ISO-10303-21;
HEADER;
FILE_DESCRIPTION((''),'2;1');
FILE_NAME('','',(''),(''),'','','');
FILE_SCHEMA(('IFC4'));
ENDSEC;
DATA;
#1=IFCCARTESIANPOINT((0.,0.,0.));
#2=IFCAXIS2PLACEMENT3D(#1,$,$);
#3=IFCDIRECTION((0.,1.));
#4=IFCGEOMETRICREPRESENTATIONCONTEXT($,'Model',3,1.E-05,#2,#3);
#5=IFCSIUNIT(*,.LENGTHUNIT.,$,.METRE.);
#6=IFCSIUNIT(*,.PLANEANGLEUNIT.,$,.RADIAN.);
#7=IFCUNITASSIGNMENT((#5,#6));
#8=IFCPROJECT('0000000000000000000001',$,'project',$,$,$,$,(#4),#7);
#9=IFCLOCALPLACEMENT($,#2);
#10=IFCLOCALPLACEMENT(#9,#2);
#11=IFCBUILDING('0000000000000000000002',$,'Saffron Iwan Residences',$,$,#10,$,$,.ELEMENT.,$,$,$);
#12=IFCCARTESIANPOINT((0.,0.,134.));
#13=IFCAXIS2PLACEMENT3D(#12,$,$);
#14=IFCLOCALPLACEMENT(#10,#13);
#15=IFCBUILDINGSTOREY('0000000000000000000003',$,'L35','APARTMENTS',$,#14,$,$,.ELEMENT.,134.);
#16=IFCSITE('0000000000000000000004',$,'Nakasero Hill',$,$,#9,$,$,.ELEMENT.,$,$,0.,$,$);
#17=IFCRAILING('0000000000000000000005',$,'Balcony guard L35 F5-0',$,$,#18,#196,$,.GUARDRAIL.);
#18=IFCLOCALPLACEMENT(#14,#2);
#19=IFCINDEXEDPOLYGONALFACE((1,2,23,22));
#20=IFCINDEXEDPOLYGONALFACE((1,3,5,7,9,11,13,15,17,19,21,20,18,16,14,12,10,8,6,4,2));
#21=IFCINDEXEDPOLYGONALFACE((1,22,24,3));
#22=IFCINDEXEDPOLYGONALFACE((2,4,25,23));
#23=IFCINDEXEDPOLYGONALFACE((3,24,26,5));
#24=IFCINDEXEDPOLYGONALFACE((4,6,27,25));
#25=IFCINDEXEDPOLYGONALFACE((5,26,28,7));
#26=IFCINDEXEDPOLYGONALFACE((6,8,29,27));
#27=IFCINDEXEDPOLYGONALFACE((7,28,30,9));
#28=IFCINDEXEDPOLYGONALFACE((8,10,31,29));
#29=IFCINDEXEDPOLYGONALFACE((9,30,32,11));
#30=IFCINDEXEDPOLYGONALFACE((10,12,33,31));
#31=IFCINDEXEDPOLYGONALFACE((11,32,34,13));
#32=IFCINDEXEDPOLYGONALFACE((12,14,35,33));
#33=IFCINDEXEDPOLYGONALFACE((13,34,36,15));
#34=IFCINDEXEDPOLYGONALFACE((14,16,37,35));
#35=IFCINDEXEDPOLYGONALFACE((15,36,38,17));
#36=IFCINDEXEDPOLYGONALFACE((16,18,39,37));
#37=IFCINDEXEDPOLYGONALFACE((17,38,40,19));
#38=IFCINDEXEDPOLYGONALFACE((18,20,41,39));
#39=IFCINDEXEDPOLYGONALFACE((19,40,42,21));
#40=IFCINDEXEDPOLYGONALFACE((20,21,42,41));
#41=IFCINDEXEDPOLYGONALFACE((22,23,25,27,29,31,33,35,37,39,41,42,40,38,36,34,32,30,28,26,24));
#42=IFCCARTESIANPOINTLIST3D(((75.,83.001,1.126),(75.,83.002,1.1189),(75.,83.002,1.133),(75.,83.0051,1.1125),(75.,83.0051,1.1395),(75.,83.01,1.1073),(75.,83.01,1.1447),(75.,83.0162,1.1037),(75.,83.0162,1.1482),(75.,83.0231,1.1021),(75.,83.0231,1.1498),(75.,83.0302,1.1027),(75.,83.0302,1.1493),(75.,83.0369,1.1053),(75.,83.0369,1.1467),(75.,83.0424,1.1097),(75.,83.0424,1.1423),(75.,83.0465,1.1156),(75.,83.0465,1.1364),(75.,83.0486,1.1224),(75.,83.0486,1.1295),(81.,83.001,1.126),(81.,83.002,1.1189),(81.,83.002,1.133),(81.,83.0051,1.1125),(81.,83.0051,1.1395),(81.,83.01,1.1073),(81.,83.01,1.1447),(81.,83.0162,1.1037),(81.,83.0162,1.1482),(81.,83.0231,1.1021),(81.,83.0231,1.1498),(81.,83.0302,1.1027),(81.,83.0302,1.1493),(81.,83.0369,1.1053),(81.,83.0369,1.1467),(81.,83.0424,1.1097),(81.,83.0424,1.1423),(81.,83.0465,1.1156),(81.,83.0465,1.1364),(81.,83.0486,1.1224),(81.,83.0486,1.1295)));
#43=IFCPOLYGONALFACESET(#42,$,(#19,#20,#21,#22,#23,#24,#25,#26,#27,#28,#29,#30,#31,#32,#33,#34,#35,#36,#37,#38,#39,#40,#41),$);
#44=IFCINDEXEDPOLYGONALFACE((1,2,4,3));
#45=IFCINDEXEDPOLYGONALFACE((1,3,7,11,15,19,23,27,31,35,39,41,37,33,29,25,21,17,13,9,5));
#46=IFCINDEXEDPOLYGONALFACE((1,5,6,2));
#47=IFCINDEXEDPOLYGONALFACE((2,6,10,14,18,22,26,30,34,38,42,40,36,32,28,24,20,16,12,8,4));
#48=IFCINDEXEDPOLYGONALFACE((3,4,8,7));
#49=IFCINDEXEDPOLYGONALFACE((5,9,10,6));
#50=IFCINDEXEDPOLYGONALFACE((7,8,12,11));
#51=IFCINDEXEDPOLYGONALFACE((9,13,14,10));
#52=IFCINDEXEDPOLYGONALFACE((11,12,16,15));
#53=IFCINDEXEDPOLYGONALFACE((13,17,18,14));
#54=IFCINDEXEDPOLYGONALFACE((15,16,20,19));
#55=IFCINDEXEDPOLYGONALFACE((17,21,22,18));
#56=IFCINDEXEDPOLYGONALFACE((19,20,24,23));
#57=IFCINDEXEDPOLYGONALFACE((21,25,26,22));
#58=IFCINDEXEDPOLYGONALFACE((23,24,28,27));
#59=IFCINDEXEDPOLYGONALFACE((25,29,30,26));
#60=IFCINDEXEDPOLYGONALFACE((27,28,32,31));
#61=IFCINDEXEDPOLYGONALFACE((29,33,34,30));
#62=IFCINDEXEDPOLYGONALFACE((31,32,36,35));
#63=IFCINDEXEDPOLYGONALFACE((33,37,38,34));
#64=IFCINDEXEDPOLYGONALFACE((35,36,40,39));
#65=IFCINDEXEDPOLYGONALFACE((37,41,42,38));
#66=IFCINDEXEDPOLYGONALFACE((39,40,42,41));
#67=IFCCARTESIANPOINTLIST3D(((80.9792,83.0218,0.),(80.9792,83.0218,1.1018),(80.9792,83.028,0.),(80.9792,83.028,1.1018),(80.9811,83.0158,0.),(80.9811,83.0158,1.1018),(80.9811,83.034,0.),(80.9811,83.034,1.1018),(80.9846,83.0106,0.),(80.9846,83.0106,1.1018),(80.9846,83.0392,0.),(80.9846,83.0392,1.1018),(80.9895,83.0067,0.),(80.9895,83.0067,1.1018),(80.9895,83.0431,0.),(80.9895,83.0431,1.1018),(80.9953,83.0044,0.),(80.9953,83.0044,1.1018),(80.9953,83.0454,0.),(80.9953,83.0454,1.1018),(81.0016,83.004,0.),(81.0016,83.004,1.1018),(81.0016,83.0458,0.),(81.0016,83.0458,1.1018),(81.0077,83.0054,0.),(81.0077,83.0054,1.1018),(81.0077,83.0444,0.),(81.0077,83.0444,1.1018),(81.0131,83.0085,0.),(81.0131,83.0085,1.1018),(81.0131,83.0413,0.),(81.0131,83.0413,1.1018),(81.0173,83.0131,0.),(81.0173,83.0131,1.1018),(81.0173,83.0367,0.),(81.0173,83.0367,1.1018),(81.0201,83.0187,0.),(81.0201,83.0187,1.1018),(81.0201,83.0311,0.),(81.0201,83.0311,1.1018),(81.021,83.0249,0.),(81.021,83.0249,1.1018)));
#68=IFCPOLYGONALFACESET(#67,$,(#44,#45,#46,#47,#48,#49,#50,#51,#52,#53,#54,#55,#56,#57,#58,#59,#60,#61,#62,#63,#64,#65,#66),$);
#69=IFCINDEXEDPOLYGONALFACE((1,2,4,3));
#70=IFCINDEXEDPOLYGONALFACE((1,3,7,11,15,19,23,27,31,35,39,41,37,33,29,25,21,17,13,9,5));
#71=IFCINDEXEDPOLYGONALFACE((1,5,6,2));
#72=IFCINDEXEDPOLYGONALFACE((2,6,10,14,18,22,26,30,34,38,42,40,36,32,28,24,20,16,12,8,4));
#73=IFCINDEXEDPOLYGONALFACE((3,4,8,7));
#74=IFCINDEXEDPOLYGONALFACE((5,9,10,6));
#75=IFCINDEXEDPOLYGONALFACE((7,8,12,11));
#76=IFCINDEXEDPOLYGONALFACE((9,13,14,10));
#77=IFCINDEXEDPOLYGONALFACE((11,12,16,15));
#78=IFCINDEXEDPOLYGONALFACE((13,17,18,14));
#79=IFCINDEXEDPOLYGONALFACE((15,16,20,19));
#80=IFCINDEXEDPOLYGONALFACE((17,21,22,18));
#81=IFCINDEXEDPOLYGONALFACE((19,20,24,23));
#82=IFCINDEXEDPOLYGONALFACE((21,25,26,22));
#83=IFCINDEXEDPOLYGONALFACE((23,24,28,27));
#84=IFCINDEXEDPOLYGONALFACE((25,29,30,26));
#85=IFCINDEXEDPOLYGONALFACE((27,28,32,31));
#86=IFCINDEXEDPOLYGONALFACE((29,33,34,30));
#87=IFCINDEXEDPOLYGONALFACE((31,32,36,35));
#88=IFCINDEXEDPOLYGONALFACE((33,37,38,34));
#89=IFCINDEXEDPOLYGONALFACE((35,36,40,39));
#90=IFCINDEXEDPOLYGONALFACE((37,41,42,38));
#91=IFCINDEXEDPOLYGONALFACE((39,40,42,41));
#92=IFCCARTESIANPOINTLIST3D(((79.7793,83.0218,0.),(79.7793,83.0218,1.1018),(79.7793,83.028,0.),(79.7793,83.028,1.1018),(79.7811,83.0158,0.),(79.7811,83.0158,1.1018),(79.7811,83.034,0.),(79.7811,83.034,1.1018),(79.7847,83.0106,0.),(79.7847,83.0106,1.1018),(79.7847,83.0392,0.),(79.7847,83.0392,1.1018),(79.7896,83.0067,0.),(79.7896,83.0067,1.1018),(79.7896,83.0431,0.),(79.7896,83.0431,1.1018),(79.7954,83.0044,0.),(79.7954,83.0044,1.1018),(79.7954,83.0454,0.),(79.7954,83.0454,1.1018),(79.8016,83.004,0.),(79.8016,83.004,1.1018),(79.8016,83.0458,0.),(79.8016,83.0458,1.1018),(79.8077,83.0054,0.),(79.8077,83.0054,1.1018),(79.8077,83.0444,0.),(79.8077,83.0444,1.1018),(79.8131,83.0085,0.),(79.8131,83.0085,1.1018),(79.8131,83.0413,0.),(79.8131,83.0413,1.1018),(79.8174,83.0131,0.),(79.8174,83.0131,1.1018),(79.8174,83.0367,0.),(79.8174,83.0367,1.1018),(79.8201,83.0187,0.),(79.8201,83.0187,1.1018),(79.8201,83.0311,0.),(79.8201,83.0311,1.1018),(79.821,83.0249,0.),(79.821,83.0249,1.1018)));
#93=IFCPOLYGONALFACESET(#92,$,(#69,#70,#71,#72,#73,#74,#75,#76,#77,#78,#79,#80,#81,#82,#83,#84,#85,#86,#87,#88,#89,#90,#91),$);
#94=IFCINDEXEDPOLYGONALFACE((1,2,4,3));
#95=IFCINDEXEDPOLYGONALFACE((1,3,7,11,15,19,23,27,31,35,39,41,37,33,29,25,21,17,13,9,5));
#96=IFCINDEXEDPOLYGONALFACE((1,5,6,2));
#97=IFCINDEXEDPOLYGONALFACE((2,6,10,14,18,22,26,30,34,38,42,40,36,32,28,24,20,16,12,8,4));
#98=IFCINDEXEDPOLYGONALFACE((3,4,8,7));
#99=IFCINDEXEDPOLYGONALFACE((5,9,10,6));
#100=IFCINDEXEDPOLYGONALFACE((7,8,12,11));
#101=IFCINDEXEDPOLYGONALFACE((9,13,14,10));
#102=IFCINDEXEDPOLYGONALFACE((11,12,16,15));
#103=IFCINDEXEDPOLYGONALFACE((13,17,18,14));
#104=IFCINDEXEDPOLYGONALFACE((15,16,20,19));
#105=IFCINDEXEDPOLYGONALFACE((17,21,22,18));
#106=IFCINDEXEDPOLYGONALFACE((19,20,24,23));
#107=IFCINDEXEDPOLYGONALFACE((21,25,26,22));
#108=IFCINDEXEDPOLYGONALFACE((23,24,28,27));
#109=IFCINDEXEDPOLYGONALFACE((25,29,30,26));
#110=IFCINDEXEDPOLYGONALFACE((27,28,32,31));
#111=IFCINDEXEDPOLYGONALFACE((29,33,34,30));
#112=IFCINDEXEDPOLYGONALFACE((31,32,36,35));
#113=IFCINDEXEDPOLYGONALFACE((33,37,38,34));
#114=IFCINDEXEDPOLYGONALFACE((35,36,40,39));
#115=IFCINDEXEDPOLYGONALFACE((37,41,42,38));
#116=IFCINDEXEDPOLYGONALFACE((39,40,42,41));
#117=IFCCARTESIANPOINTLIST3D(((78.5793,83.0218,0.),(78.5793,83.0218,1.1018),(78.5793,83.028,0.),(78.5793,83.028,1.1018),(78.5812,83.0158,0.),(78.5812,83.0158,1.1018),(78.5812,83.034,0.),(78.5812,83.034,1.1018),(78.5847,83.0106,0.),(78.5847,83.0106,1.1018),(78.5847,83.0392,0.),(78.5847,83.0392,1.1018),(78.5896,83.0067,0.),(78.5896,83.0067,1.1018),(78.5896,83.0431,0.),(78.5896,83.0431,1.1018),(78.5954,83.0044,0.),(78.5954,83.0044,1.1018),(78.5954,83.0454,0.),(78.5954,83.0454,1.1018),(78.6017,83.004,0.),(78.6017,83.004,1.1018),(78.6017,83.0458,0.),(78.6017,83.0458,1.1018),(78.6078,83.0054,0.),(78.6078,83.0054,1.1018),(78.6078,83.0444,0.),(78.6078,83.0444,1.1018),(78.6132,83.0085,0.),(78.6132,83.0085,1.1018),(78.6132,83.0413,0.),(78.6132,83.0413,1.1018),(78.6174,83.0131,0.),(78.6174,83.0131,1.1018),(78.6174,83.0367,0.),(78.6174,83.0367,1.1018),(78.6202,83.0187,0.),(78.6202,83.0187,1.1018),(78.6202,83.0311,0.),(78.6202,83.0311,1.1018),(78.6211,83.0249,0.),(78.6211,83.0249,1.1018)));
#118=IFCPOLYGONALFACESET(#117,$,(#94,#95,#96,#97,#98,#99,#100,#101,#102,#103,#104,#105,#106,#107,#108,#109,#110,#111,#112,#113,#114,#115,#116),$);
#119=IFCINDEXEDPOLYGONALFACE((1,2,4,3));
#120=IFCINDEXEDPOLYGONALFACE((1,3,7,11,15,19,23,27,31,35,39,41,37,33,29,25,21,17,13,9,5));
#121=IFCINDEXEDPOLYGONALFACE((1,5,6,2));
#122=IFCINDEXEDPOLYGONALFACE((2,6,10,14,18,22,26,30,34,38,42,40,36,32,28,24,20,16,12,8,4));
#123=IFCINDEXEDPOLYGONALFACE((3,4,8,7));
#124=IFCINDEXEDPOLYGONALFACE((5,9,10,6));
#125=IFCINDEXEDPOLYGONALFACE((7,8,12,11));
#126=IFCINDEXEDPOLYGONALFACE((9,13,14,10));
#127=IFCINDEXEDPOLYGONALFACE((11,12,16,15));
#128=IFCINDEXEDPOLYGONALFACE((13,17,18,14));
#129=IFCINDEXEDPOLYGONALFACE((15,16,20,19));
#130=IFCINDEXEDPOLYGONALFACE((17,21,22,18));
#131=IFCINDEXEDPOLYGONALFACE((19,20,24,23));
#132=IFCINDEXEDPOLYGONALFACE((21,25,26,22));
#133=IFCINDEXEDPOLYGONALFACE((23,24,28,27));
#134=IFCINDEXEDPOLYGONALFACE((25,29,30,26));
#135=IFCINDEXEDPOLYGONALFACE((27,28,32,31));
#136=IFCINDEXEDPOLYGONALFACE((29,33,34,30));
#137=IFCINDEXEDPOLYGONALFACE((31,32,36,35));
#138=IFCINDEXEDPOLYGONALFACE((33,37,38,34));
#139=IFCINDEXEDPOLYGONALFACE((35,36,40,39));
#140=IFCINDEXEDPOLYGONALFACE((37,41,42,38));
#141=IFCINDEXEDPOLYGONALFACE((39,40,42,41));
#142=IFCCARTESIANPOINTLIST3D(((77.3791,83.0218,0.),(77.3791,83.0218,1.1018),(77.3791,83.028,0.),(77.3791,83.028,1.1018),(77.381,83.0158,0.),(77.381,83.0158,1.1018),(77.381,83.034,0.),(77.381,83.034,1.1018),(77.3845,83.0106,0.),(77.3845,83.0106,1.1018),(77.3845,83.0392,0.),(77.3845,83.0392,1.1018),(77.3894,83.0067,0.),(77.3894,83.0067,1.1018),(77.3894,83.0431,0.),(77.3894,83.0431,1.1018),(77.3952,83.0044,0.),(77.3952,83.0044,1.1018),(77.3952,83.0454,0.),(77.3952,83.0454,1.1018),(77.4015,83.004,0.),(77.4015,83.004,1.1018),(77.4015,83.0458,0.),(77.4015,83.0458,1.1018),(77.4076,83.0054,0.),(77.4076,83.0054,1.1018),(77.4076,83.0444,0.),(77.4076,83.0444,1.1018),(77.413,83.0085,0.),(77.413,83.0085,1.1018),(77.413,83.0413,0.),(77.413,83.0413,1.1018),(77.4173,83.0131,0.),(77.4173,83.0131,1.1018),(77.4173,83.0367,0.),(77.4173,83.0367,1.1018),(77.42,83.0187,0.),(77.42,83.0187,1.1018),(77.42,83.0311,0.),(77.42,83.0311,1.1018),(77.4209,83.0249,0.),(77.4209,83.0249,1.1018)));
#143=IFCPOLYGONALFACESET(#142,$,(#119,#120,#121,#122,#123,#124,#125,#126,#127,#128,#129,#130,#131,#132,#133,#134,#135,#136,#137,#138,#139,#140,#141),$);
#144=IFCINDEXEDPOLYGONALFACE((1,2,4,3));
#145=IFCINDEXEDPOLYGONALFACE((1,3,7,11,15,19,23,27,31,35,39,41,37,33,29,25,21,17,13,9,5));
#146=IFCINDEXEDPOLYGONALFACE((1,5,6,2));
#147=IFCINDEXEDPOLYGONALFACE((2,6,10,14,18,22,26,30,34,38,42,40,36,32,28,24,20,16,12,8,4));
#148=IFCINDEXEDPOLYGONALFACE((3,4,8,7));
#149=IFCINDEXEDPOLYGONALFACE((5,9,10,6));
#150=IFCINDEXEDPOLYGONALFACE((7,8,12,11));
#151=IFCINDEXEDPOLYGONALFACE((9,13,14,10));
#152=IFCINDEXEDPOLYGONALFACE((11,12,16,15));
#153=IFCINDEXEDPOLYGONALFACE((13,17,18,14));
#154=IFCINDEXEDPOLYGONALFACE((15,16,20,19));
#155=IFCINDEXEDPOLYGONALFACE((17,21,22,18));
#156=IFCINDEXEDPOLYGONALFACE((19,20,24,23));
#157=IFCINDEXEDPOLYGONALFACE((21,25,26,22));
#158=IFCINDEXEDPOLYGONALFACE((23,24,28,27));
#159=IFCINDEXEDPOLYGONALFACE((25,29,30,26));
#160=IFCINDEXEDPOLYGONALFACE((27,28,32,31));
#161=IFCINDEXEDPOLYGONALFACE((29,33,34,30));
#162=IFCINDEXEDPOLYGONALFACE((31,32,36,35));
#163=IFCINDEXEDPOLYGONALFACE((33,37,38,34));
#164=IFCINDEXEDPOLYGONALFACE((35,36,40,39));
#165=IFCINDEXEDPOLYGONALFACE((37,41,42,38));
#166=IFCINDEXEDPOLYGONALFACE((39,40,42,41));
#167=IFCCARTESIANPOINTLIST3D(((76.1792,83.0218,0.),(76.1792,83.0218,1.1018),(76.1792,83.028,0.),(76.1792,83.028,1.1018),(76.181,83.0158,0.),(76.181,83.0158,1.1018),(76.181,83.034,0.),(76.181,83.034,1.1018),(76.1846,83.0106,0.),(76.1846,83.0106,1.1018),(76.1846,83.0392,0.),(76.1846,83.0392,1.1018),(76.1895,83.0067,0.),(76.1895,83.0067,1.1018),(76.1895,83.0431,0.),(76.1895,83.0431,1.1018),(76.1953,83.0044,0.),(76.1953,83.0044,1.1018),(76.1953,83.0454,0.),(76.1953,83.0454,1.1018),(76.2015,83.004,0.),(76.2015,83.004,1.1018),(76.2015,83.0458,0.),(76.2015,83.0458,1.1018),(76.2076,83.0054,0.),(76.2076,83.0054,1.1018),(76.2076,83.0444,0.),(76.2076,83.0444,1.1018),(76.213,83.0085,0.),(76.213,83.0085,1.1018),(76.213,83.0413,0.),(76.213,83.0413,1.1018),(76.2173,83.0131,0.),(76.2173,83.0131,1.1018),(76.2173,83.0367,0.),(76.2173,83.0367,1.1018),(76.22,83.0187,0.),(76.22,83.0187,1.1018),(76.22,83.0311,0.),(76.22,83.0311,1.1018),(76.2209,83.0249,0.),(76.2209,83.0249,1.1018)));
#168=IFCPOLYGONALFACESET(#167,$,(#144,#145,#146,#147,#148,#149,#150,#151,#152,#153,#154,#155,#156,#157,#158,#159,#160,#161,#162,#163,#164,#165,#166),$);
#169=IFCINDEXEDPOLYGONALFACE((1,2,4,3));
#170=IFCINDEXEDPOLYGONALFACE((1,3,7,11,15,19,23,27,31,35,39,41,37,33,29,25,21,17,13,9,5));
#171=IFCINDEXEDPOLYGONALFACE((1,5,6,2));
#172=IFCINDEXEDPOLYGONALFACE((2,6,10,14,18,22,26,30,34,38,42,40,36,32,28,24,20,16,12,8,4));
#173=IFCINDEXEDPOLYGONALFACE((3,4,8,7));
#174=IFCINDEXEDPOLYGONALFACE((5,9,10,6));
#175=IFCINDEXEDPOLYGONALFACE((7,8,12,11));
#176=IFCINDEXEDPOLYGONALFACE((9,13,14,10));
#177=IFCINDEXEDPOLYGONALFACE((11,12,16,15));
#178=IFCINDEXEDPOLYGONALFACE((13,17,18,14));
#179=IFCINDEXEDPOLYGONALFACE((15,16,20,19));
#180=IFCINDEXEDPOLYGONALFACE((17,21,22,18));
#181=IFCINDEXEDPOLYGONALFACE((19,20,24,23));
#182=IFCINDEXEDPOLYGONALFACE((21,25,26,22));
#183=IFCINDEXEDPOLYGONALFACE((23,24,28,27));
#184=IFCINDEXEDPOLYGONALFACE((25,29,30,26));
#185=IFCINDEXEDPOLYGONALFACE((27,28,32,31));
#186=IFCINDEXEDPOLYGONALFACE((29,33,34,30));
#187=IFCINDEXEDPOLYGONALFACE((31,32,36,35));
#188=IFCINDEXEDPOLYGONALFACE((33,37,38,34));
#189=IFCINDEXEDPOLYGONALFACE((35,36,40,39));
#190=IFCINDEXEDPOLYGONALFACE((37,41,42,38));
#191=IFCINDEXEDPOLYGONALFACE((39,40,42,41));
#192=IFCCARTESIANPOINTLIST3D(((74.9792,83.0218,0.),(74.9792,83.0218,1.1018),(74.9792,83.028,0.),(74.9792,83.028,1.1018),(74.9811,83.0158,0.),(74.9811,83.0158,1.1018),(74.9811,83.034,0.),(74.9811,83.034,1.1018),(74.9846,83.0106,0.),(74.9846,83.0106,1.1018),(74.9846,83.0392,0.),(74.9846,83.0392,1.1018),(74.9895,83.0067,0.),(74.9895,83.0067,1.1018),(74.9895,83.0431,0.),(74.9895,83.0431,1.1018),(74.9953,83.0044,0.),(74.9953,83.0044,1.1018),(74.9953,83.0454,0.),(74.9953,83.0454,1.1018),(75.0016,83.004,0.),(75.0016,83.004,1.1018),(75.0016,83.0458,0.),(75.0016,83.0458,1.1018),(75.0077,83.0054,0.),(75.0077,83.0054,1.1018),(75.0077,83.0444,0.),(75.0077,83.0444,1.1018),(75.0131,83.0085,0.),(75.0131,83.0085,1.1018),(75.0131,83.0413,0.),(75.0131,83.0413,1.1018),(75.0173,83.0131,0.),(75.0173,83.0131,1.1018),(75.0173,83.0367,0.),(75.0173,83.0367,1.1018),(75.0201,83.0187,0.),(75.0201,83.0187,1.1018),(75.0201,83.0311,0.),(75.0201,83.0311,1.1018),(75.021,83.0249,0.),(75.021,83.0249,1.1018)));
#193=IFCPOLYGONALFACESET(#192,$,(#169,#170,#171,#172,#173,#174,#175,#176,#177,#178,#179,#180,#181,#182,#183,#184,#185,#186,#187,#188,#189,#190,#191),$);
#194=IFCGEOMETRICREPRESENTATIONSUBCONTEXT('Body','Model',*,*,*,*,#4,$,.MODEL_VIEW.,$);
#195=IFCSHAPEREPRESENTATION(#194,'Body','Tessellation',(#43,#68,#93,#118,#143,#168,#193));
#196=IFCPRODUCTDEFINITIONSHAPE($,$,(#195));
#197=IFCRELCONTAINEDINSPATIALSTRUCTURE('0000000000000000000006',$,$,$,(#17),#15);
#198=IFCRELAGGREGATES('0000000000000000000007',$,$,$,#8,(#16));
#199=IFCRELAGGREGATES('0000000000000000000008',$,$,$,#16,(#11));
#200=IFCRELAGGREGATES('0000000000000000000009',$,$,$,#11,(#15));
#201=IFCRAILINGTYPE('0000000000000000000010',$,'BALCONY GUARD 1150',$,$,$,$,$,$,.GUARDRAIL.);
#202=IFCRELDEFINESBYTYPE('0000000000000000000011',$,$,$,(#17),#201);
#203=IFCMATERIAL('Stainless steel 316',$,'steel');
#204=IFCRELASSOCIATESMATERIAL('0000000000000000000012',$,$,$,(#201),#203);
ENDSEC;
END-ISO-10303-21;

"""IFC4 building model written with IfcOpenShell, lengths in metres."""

from ifc_helpers import new_model, si_unit, direction, frame, origin, origin_2d, place, context, subcontext, project, spatial, circle, extrude, material, type_object, element, save


model = new_model("IFC4")

# Units and contexts
model_context = context("Model", 3, precision=1e-05, world=origin(), true_north=direction((0.0, 1.0)))
body_context = subcontext(model_context, "Body", "Model", "MODEL_VIEW")
ifc_project = project(units=[si_unit("LENGTHUNIT", "METRE"), si_unit("PLANEANGLEUNIT", "RADIAN")], contexts=[model_context])

# Site, building, storey
site_placement = place(None, origin())
site = spatial("IfcSite", under=ifc_project, at=site_placement, Name="Nakasero Hill", CompositionType="ELEMENT", RefElevation=0.0)
building_placement = place(site_placement, origin())
building = spatial("IfcBuilding", under=site, at=building_placement, Name="Saffron Iwan Residences", CompositionType="ELEMENT")
storey_placement = place(building_placement, frame((0.0, 0.0, 134.0)))
storey = spatial("IfcBuildingStorey", under=building, at=storey_placement, Name="L35", Description="APARTMENTS", CompositionType="ELEMENT", Elevation=134.0)

# Railing
ifc_material_1 = material(Name="Stainless steel 316", Category="steel")
railing_type = type_object("IfcRailingType", Name="BALCONY GUARD 1150", PredefinedType="GUARDRAIL", material=ifc_material_1)
railing_placement = place(storey_placement, frame((81.0, 83.0249, 0.0)))
element("IfcRailing", 1, at=railing_placement, inside=storey, type_object=railing_type, Name="Balcony guard L35 F5-0", PredefinedType="GUARDRAIL", context=body_context, shape_type="SweptSolid", body=[
    extrude(circle(Radius=0.0239, at=origin_2d()), frame((0.0, 0.0, 1.126), z_axis=(-1.0, 0.0, 0.0), x_axis=(0.0, -1.0, 0.0)), (0.0, 0.0, 1.0), 6.0),
    extrude(circle(Radius=0.021, at=origin_2d()), origin(), (0.0, 0.0, 1.0), 1.1018),
    extrude(circle(Radius=0.021, at=origin_2d()), frame((-1.2, 0.0, 0.0)), (0.0, 0.0, 1.0), 1.1018),
    extrude(circle(Radius=0.021, at=origin_2d()), frame((-2.3999, 0.0, 0.0)), (0.0, 0.0, 1.0), 1.1018),
    extrude(circle(Radius=0.021, at=origin_2d()), frame((-3.6001, 0.0, 0.0)), (0.0, 0.0, 1.0), 1.1018),
    extrude(circle(Radius=0.021, at=origin_2d()), frame((-4.8, 0.0, 0.0)), (0.0, 0.0, 1.0), 1.1018),
    extrude(circle(Radius=0.021, at=origin_2d()), frame((-6.0, 0.0, 0.0)), (0.0, 0.0, 1.0), 1.1018),
])

save(model, "model.ifc")
